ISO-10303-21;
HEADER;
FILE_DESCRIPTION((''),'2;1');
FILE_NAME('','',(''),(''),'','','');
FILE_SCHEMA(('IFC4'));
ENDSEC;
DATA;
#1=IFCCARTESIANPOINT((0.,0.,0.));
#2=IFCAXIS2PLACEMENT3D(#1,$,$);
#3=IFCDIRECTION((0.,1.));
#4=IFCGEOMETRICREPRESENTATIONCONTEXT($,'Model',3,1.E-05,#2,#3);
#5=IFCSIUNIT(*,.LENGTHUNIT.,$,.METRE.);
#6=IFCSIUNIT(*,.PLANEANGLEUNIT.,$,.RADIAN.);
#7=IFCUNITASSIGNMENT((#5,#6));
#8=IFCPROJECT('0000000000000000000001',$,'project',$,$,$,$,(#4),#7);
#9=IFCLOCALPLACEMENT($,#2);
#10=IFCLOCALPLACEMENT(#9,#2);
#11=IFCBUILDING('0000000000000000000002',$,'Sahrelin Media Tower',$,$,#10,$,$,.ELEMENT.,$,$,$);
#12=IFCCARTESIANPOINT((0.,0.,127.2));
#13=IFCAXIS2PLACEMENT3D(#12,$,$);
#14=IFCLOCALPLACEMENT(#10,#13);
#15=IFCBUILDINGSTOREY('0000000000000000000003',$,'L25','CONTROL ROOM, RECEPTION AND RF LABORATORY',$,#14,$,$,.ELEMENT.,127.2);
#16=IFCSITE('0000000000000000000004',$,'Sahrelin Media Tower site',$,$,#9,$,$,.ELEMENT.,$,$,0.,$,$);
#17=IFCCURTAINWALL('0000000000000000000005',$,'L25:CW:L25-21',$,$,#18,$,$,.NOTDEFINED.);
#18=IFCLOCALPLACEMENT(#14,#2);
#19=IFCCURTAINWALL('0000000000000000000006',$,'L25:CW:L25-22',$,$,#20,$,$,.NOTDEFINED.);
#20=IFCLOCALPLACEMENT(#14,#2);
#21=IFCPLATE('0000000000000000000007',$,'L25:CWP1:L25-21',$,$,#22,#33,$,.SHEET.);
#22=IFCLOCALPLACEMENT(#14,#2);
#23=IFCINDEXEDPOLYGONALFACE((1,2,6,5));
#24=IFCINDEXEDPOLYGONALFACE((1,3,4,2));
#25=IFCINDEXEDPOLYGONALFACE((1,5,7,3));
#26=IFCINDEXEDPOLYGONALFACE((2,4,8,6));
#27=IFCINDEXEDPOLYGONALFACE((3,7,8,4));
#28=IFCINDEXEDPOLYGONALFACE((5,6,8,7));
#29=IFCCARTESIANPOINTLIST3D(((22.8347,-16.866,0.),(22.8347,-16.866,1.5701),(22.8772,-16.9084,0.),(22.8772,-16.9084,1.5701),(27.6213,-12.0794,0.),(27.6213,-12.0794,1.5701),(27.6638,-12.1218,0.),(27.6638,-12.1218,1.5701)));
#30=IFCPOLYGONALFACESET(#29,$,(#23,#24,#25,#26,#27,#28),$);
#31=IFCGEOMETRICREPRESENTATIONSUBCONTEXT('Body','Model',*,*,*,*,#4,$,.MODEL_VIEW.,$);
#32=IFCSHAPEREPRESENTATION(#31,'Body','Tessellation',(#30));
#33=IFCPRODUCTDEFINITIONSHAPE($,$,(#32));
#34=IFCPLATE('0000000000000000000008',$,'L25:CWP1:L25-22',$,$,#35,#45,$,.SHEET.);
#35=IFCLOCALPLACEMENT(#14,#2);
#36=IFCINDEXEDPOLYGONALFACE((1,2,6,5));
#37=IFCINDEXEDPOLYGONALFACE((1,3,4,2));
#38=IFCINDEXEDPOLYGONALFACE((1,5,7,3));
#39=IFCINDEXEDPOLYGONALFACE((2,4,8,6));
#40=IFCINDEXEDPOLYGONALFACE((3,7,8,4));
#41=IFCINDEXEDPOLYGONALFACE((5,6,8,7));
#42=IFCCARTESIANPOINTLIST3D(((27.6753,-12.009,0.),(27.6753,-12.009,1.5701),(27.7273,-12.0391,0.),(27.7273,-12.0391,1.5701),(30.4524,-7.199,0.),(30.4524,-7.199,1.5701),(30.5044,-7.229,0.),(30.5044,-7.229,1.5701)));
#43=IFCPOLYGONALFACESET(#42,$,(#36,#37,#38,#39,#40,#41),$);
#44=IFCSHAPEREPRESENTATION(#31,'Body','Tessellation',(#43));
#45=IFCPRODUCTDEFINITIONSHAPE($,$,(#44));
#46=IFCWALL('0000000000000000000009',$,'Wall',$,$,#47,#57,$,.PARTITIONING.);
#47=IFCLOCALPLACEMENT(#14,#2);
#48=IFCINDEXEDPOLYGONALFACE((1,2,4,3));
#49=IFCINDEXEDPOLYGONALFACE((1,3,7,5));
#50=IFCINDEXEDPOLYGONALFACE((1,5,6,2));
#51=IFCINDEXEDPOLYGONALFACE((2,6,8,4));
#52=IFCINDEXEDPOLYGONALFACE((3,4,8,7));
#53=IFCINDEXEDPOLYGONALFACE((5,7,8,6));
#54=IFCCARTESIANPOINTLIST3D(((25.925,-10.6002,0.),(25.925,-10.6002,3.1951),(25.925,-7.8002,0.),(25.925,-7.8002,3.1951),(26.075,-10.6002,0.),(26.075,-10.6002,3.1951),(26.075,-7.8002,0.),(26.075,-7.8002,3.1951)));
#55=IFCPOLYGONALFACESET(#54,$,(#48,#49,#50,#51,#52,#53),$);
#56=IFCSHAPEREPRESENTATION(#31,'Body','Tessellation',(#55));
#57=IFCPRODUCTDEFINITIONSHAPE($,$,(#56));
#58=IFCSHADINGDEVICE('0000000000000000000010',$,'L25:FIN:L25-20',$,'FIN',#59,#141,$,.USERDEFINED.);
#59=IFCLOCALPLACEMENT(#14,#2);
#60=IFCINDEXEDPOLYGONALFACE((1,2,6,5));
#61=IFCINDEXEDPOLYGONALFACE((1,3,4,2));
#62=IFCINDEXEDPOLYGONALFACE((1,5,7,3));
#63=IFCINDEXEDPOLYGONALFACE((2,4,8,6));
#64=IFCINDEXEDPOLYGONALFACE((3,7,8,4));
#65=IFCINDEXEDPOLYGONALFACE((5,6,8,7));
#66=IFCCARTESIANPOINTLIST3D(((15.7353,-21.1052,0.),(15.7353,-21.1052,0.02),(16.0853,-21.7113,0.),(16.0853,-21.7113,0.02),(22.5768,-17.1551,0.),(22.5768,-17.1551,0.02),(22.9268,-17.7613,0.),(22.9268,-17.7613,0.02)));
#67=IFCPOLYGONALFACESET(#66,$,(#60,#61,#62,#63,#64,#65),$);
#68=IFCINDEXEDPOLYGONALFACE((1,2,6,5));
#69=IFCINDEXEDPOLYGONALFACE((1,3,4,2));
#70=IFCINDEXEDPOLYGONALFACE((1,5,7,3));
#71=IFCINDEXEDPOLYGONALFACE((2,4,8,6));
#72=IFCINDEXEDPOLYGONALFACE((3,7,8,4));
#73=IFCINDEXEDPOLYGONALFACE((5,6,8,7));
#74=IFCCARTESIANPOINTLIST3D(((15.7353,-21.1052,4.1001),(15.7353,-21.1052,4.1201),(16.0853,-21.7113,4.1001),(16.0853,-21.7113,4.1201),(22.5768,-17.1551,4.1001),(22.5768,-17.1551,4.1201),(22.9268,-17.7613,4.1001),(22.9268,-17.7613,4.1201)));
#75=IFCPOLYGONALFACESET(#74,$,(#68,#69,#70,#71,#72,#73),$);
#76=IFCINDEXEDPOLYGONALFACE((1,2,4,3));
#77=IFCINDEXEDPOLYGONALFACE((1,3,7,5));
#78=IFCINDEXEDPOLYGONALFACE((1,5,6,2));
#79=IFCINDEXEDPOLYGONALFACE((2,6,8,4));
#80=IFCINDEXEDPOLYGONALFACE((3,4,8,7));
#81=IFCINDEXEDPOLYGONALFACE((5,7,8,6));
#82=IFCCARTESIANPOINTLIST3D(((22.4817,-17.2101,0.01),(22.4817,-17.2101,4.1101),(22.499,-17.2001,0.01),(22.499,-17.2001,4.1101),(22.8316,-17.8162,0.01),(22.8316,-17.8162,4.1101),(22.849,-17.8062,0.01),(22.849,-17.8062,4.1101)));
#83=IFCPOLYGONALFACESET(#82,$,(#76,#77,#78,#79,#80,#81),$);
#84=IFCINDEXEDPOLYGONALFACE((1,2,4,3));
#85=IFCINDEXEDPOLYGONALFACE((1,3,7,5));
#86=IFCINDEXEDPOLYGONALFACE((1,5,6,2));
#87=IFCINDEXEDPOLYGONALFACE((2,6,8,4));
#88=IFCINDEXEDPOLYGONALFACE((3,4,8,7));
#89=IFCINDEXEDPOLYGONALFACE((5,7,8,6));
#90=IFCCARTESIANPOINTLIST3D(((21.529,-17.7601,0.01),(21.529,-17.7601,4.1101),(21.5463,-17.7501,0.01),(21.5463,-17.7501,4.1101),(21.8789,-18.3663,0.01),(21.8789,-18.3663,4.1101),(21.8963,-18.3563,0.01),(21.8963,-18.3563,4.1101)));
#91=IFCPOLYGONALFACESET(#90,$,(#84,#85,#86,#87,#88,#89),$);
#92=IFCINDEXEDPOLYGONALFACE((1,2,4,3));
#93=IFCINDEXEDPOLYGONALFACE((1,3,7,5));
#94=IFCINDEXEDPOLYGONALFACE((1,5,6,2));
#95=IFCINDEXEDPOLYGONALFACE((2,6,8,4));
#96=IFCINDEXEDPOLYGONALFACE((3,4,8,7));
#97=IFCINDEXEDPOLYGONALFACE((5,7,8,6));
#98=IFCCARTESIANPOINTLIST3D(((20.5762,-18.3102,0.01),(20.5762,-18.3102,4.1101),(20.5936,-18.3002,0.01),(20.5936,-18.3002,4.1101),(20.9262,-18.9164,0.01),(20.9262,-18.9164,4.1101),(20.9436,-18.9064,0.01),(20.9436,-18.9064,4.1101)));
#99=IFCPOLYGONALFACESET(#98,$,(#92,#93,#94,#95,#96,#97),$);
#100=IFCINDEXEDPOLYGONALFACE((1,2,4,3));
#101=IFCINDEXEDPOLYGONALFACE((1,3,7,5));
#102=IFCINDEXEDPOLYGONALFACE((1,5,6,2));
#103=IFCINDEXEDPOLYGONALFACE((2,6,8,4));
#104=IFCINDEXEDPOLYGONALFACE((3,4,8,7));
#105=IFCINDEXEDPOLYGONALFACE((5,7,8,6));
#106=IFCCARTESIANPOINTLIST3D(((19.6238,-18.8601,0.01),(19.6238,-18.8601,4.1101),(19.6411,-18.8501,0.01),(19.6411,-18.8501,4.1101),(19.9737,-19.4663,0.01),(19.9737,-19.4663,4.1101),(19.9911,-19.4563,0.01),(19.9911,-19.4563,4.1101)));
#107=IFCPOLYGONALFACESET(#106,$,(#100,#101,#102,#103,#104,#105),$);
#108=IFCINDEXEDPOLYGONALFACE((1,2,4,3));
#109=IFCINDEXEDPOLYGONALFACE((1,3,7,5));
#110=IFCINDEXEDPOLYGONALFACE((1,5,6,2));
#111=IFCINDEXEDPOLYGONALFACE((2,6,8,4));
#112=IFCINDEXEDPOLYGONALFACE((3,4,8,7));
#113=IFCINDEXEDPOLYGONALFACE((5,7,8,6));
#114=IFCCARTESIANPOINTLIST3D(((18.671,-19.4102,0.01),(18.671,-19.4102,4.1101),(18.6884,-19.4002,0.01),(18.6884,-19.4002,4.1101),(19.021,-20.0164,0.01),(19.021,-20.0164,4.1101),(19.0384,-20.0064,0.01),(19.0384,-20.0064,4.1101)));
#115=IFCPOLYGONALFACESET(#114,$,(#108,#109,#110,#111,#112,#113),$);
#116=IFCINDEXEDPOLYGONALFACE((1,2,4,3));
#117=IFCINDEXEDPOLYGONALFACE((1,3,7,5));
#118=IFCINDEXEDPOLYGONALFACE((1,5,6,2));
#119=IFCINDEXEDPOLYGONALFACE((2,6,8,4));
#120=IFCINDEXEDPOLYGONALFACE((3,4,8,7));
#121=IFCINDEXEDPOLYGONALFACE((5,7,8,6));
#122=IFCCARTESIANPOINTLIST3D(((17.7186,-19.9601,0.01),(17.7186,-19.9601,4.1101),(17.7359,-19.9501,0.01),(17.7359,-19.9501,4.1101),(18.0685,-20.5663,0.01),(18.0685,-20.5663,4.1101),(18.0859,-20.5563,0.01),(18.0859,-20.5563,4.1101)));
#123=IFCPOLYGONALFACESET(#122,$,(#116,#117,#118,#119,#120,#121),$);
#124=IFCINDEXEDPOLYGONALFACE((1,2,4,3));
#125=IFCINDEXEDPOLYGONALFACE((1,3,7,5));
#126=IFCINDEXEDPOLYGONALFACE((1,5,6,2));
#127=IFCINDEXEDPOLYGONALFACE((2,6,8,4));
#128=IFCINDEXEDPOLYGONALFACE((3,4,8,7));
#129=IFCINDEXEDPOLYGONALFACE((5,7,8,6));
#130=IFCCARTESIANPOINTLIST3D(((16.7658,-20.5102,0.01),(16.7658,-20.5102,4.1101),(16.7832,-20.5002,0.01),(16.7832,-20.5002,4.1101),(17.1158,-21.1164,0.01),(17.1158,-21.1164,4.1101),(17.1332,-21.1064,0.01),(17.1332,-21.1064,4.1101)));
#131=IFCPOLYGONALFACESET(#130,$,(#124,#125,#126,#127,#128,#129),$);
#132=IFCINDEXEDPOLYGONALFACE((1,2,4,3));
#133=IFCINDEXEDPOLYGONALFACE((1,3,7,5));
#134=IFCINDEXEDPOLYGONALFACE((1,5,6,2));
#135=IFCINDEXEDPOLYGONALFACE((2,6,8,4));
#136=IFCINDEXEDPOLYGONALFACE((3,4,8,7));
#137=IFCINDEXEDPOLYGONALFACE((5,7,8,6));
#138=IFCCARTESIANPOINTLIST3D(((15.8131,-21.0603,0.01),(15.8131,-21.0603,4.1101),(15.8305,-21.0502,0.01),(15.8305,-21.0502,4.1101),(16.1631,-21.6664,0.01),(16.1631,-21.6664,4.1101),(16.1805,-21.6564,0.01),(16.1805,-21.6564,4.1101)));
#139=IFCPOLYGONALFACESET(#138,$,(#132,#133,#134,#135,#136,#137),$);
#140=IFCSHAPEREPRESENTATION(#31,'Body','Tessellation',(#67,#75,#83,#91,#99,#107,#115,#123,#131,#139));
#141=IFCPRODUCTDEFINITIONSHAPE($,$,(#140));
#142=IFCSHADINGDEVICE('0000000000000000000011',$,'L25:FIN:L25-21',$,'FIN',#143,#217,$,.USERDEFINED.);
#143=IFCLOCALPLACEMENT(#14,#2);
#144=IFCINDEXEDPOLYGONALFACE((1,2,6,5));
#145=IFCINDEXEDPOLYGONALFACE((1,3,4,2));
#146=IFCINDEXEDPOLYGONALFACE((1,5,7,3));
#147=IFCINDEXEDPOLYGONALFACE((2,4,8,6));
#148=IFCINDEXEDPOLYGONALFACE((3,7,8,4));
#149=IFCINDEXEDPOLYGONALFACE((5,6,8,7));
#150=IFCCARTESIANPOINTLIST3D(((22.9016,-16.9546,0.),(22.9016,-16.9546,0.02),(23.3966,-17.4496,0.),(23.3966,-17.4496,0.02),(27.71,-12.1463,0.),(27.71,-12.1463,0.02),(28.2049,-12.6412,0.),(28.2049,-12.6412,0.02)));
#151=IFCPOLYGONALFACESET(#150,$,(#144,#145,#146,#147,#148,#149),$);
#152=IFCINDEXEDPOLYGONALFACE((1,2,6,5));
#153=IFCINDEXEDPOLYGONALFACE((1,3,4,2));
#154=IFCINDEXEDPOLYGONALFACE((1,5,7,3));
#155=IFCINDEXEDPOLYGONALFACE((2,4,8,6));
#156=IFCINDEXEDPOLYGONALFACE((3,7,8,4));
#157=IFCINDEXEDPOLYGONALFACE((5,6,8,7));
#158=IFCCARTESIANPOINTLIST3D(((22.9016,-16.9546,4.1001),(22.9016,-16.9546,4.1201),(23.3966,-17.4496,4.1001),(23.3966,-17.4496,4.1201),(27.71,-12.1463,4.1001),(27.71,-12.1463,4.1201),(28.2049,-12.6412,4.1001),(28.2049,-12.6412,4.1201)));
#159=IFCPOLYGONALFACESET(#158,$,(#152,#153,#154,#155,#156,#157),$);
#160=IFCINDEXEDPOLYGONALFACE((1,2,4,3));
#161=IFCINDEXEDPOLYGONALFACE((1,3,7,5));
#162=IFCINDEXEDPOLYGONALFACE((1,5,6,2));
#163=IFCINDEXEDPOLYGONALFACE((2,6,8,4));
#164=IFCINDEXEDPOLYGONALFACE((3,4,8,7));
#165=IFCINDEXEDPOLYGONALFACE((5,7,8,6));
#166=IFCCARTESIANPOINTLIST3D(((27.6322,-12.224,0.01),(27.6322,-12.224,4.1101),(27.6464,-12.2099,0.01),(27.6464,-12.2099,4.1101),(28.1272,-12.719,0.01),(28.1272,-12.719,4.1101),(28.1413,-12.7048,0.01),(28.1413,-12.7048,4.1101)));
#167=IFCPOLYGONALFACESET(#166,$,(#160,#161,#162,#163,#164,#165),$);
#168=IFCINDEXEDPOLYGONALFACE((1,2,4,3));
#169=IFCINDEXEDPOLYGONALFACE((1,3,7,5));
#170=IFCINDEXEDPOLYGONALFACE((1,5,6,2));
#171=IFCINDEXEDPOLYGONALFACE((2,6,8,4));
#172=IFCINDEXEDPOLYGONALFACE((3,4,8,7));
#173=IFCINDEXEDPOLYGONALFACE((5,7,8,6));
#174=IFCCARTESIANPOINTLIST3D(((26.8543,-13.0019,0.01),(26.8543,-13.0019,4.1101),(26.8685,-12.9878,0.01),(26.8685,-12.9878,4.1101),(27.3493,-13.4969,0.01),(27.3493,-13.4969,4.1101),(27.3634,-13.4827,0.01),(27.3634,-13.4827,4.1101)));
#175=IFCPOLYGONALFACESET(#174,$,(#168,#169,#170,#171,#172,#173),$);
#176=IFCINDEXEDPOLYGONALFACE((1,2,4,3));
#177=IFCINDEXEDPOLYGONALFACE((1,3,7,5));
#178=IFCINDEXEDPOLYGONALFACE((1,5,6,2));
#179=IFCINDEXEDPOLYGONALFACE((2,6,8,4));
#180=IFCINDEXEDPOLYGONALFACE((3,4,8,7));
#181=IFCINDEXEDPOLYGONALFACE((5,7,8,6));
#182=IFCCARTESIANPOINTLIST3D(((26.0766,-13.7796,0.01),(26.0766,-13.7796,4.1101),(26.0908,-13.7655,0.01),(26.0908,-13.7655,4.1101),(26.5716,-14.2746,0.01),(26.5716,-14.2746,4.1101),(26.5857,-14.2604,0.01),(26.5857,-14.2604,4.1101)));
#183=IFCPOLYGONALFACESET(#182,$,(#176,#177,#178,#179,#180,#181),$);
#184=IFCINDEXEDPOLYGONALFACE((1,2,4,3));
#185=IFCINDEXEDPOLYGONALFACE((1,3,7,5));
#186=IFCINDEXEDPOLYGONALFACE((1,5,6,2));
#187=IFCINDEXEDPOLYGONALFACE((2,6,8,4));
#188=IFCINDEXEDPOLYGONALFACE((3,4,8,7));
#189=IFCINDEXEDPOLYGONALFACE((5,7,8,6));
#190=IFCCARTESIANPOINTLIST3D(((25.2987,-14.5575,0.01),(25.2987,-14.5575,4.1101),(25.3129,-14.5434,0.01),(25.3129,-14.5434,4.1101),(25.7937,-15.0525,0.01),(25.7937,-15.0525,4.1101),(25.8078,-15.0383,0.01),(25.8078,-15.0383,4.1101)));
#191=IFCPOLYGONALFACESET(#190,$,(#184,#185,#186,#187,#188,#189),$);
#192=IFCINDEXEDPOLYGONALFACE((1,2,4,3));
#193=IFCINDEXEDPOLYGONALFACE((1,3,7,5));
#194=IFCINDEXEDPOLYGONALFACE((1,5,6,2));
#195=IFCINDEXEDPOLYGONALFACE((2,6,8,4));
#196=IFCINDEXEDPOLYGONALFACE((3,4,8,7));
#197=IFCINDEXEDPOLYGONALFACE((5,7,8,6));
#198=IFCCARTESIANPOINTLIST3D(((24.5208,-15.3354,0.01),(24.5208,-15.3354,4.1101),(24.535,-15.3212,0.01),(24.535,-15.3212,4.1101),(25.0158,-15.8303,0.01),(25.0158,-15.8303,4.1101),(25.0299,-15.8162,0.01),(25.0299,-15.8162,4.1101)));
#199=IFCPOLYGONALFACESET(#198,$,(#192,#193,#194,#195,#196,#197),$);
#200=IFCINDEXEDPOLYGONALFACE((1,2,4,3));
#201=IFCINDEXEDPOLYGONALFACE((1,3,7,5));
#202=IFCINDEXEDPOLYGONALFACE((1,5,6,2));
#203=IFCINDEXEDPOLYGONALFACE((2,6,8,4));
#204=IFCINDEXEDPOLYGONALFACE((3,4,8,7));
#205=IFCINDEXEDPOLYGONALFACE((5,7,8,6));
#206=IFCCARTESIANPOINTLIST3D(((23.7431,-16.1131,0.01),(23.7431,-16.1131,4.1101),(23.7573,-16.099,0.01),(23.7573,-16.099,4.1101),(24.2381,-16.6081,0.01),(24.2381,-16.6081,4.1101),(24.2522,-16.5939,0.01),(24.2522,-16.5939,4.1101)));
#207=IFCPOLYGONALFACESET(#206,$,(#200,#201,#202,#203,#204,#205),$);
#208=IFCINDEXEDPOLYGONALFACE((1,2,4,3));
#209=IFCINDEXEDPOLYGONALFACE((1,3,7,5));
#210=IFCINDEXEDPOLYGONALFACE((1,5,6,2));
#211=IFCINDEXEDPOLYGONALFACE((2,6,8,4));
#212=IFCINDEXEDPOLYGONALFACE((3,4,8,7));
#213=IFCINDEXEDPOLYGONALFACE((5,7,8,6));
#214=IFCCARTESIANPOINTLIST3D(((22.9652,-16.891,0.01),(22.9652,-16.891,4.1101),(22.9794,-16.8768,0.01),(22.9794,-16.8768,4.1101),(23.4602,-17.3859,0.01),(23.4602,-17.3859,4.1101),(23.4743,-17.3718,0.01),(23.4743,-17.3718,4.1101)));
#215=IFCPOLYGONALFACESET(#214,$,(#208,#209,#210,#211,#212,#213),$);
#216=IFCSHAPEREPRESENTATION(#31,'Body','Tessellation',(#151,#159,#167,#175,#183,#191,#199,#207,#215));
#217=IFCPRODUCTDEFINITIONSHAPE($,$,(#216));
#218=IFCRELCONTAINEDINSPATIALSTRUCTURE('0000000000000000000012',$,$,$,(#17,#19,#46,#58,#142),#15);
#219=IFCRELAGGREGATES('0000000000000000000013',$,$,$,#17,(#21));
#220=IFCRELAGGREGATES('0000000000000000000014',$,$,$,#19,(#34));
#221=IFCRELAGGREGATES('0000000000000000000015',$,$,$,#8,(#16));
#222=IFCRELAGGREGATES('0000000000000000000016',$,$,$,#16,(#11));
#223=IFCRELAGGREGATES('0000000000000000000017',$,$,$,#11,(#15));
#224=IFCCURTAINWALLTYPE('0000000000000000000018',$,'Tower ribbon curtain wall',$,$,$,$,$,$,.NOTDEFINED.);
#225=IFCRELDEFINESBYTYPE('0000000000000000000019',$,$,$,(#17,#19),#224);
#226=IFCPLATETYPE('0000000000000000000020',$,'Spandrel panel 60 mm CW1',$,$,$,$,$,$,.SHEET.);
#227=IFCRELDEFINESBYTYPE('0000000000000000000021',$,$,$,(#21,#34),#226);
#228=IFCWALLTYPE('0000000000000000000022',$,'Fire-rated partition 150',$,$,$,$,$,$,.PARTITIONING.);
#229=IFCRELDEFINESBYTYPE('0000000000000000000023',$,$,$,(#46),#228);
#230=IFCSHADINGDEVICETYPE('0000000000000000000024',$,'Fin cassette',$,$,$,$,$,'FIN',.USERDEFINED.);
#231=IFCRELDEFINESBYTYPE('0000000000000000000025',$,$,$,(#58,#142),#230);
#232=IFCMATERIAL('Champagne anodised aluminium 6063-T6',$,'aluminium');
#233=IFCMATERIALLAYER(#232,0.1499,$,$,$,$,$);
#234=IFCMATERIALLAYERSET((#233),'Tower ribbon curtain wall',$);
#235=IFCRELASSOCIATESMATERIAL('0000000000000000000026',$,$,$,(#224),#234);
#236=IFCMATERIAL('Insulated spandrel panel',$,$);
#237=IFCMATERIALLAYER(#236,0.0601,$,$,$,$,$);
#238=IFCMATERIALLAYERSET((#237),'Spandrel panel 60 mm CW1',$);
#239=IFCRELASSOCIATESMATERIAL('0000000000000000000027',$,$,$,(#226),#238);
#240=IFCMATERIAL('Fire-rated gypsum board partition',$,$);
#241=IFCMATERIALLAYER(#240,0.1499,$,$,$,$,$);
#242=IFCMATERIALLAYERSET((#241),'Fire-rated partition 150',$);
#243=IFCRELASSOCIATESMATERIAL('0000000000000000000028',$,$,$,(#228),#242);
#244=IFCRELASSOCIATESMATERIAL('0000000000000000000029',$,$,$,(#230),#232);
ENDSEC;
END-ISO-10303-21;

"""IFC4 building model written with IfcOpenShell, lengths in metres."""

from ifc_helpers import new_model, si_unit, direction, frame, frame_2d, origin, origin_2d, place, context, subcontext, project, spatial, polyline, rectangle, outline, extrude, material, layer, layer_set, type_object, element, aggregate, save


model = new_model("IFC4")

# Units and contexts
model_context = context("Model", 3, precision=1e-05, world=origin(), true_north=direction((0.0, 1.0)))
body_context = subcontext(model_context, "Body", "Model", "MODEL_VIEW")
ifc_project = project(units=[si_unit("LENGTHUNIT", "METRE"), si_unit("PLANEANGLEUNIT", "RADIAN")], contexts=[model_context])

# Site, building, storey
site_placement = place(None, origin())
site = spatial("IfcSite", under=ifc_project, at=site_placement, Name="Sahrelin Media Tower site", CompositionType="ELEMENT", RefElevation=0.0)
building_placement = place(site_placement, origin())
building = spatial("IfcBuilding", under=site, at=building_placement, Name="Sahrelin Media Tower", CompositionType="ELEMENT")
storey_placement = place(building_placement, frame((0.0, 0.0, 127.2)))
storey = spatial("IfcBuildingStorey", under=building, at=storey_placement, Name="L25", Description="CONTROL ROOM, RECEPTION AND RF LABORATORY", CompositionType="ELEMENT", Elevation=127.2)

# Curtain wall
ifc_material_1 = material(Name="Champagne anodised aluminium 6063-T6", Category="aluminium")
ifc_layer_1 = layer(ifc_material_1, 0.1499)
ifc_layer_set_1 = layer_set([ifc_layer_1], Name="Tower ribbon curtain wall")
curtain_wall_type = type_object("IfcCurtainWallType", Name="Tower ribbon curtain wall", PredefinedType="NOTDEFINED", material=ifc_layer_set_1)
curtain_wall_1_placement = place(storey_placement, frame((25.2563, -14.501, 0.0), z_axis=(0.0, 0.0, 1.0), x_axis=(1.0, 0.0, 0.0)))
curtain_wall_1 = element("IfcCurtainWall", 1, at=curtain_wall_1_placement, inside=storey, type_object=curtain_wall_type, Name="L25:CW:L25-21", PredefinedType="NOTDEFINED")

# Curtain wall
curtain_wall_2_placement = place(storey_placement, frame((29.0984, -9.624, 0.0), z_axis=(0.0, 0.0, 1.0), x_axis=(1.0, 0.0, 0.0)))
curtain_wall_2 = element("IfcCurtainWall", 2, at=curtain_wall_2_placement, inside=storey, type_object=curtain_wall_type, Name="L25:CW:L25-22", PredefinedType="NOTDEFINED")

# Plates
ifc_material_2 = material(Name="Insulated spandrel panel")
ifc_layer_2 = layer(ifc_material_2, 0.0601)
ifc_layer_set_2 = layer_set([ifc_layer_2], Name="Spandrel panel 60 mm CW1")
plate_type_1 = type_object("IfcPlateType", Name="Spandrel panel 60 mm CW1", PredefinedType="SHEET", material=ifc_layer_set_2)
plate_1_placement = place(storey_placement, frame((22.8772, -16.9084, 0.0), z_axis=(0.707107, -0.707107, 0.0), x_axis=(0.707107, 0.707107, 0.0)))
plate_1 = element("IfcPlate", 3, at=plate_1_placement, type_object=plate_type_1, Name="L25:CWP1:L25-21", PredefinedType="SHEET", context=body_context, shape_type="SweptSolid", body=[
    extrude(outline(polyline([(0.0, 0.0), (6.7693, 0.0), (6.7693, 1.5701), (0.0, 1.5701), (0.0, 0.0)])), origin(), (0.0, 0.0, -1.0), 0.0601),
])
aggregate(curtain_wall_1, [plate_1])
plate_2_placement = place(storey_placement, frame((27.7273, -12.0391, 0.0), z_axis=(0.866025, -0.500001, 0.0), x_axis=(0.500001, 0.866025, 0.0)))
plate_2 = element("IfcPlate", 4, at=plate_2_placement, type_object=plate_type_1, Name="L25:CWP1:L25-22", PredefinedType="SHEET", context=body_context, shape_type="SweptSolid", body=[
    extrude(outline(polyline([(0.0, 0.0), (5.5542, 0.0), (5.5542, 1.5701), (0.0, 1.5701), (0.0, 0.0)])), origin(), (0.0, 0.0, -1.0), 0.0601),
])
aggregate(curtain_wall_2, [plate_2])

# Wall
ifc_material_3 = material(Name="Fire-rated gypsum board partition")
ifc_layer_3 = layer(ifc_material_3, 0.1499)
ifc_layer_set_3 = layer_set([ifc_layer_3], Name="Fire-rated partition 150")
wall_type = type_object("IfcWallType", Name="Fire-rated partition 150", PredefinedType="PARTITIONING", material=ifc_layer_set_3)
wall_placement = place(storey_placement, frame((26.0, -10.6001, 0.0), z_axis=(0.0, 0.0, 1.0), x_axis=(0.0, 1.0, 0.0)))
element("IfcWall", 5, at=wall_placement, inside=storey, type_object=wall_type, Name="Wall", PredefinedType="PARTITIONING", context=body_context, shape_type="SweptSolid", body=[
    extrude(rectangle(XDim=2.8, YDim=0.1499, at=frame_2d((1.3999, 0.0))), origin(), (0.0, 0.0, 1.0), 3.1951),
])

# Shading devices
shading_device_type_1 = type_object("IfcShadingDeviceType", Name="Fin cassette", ElementType="FIN", PredefinedType="USERDEFINED", material=ifc_material_1)
placement_1 = place(storey_placement, frame((19.1211, -19.0696, 0.0), z_axis=(0.0, 0.0, 1.0), x_axis=(-0.866019, -0.500011, 0.0)))
element("IfcShadingDevice", 6, at=placement_1, inside=storey, type_object=shading_device_type_1, Name="L25:FIN:L25-20", ObjectType="FIN", PredefinedType="USERDEFINED", context=body_context, shape_type="SweptSolid", body=[
    extrude(rectangle(XDim=7.8999, YDim=0.7, at=origin_2d()), frame((0.0, 0.4199, 0.0)), (0.0, 0.0, 1.0), 0.02),
    extrude(rectangle(XDim=7.8999, YDim=0.7, at=origin_2d()), frame((0.0, 0.4199, 4.1001)), (0.0, 0.0, 1.0), 0.02),
    extrude(rectangle(XDim=0.02, YDim=0.7, at=origin_2d()), frame((-3.8501, 0.4199, 0.01), z_axis=(0.0, 0.0, 1.0), x_axis=(1.0, 0.0, 0.0)), (0.0, 0.0, 1.0), 4.1001),
    extrude(rectangle(XDim=0.02, YDim=0.7, at=origin_2d()), frame((-2.75, 0.4199, 0.01), z_axis=(0.0, 0.0, 1.0), x_axis=(1.0, 0.0, 0.0)), (0.0, 0.0, 1.0), 4.1001),
    extrude(rectangle(XDim=0.02, YDim=0.7, at=origin_2d()), frame((-1.6499, 0.4199, 0.01), z_axis=(0.0, 0.0, 1.0), x_axis=(1.0, 0.0, 0.0)), (0.0, 0.0, 1.0), 4.1001),
    extrude(rectangle(XDim=0.02, YDim=0.7, at=origin_2d()), frame((-0.55, 0.4199, 0.01), z_axis=(0.0, 0.0, 1.0), x_axis=(1.0, 0.0, 0.0)), (0.0, 0.0, 1.0), 4.1001),
    extrude(rectangle(XDim=0.02, YDim=0.7, at=origin_2d()), frame((0.55, 0.4199, 0.01), z_axis=(0.0, 0.0, 1.0), x_axis=(1.0, 0.0, 0.0)), (0.0, 0.0, 1.0), 4.1001),
    extrude(rectangle(XDim=0.02, YDim=0.7, at=origin_2d()), frame((1.6499, 0.4199, 0.01), z_axis=(0.0, 0.0, 1.0), x_axis=(1.0, 0.0, 0.0)), (0.0, 0.0, 1.0), 4.1001),
    extrude(rectangle(XDim=0.02, YDim=0.7, at=origin_2d()), frame((2.75, 0.4199, 0.01), z_axis=(0.0, 0.0, 1.0), x_axis=(1.0, 0.0, 0.0)), (0.0, 0.0, 1.0), 4.1001),
    extrude(rectangle(XDim=0.02, YDim=0.7, at=origin_2d()), frame((3.8501, 0.4199, 0.01), z_axis=(0.0, 0.0, 1.0), x_axis=(1.0, 0.0, 0.0)), (0.0, 0.0, 1.0), 4.1001),
])
placement_2 = place(storey_placement, frame((25.2563, -14.501, 0.0), z_axis=(0.0, 0.0, 1.0), x_axis=(-0.707107, -0.707107, 0.0)))
element("IfcShadingDevice", 7, at=placement_2, inside=storey, type_object=shading_device_type_1, Name="L25:FIN:L25-21", ObjectType="FIN", PredefinedType="USERDEFINED", context=body_context, shape_type="SweptSolid", body=[
    extrude(rectangle(XDim=6.8, YDim=0.7, at=origin_2d()), frame((0.0, 0.4199, 0.0)), (0.0, 0.0, 1.0), 0.02),
    extrude(rectangle(XDim=6.8, YDim=0.7, at=origin_2d()), frame((0.0, 0.4199, 4.1001)), (0.0, 0.0, 1.0), 0.02),
    extrude(rectangle(XDim=0.02, YDim=0.7, at=origin_2d()), frame((-3.3, 0.4199, 0.01), z_axis=(0.0, 0.0, 1.0), x_axis=(1.0, 0.0, 0.0)), (0.0, 0.0, 1.0), 4.1001),
    extrude(rectangle(XDim=0.02, YDim=0.7, at=origin_2d()), frame((-2.2, 0.4199, 0.01), z_axis=(0.0, 0.0, 1.0), x_axis=(1.0, 0.0, 0.0)), (0.0, 0.0, 1.0), 4.1001),
    extrude(rectangle(XDim=0.02, YDim=0.7, at=origin_2d()), frame((-1.1001, 0.4199, 0.01), z_axis=(0.0, 0.0, 1.0), x_axis=(1.0, 0.0, 0.0)), (0.0, 0.0, 1.0), 4.1001),
    extrude(rectangle(XDim=0.02, YDim=0.7, at=origin_2d()), frame((0.0, 0.4199, 0.01), z_axis=(0.0, 0.0, 1.0), x_axis=(1.0, 0.0, 0.0)), (0.0, 0.0, 1.0), 4.1001),
    extrude(rectangle(XDim=0.02, YDim=0.7, at=origin_2d()), frame((1.1001, 0.4199, 0.01), z_axis=(0.0, 0.0, 1.0), x_axis=(1.0, 0.0, 0.0)), (0.0, 0.0, 1.0), 4.1001),
    extrude(rectangle(XDim=0.02, YDim=0.7, at=origin_2d()), frame((2.2, 0.4199, 0.01), z_axis=(0.0, 0.0, 1.0), x_axis=(1.0, 0.0, 0.0)), (0.0, 0.0, 1.0), 4.1001),
    extrude(rectangle(XDim=0.02, YDim=0.7, at=origin_2d()), frame((3.3, 0.4199, 0.01), z_axis=(0.0, 0.0, 1.0), x_axis=(1.0, 0.0, 0.0)), (0.0, 0.0, 1.0), 4.1001),
])

save(model, "model.ifc")
